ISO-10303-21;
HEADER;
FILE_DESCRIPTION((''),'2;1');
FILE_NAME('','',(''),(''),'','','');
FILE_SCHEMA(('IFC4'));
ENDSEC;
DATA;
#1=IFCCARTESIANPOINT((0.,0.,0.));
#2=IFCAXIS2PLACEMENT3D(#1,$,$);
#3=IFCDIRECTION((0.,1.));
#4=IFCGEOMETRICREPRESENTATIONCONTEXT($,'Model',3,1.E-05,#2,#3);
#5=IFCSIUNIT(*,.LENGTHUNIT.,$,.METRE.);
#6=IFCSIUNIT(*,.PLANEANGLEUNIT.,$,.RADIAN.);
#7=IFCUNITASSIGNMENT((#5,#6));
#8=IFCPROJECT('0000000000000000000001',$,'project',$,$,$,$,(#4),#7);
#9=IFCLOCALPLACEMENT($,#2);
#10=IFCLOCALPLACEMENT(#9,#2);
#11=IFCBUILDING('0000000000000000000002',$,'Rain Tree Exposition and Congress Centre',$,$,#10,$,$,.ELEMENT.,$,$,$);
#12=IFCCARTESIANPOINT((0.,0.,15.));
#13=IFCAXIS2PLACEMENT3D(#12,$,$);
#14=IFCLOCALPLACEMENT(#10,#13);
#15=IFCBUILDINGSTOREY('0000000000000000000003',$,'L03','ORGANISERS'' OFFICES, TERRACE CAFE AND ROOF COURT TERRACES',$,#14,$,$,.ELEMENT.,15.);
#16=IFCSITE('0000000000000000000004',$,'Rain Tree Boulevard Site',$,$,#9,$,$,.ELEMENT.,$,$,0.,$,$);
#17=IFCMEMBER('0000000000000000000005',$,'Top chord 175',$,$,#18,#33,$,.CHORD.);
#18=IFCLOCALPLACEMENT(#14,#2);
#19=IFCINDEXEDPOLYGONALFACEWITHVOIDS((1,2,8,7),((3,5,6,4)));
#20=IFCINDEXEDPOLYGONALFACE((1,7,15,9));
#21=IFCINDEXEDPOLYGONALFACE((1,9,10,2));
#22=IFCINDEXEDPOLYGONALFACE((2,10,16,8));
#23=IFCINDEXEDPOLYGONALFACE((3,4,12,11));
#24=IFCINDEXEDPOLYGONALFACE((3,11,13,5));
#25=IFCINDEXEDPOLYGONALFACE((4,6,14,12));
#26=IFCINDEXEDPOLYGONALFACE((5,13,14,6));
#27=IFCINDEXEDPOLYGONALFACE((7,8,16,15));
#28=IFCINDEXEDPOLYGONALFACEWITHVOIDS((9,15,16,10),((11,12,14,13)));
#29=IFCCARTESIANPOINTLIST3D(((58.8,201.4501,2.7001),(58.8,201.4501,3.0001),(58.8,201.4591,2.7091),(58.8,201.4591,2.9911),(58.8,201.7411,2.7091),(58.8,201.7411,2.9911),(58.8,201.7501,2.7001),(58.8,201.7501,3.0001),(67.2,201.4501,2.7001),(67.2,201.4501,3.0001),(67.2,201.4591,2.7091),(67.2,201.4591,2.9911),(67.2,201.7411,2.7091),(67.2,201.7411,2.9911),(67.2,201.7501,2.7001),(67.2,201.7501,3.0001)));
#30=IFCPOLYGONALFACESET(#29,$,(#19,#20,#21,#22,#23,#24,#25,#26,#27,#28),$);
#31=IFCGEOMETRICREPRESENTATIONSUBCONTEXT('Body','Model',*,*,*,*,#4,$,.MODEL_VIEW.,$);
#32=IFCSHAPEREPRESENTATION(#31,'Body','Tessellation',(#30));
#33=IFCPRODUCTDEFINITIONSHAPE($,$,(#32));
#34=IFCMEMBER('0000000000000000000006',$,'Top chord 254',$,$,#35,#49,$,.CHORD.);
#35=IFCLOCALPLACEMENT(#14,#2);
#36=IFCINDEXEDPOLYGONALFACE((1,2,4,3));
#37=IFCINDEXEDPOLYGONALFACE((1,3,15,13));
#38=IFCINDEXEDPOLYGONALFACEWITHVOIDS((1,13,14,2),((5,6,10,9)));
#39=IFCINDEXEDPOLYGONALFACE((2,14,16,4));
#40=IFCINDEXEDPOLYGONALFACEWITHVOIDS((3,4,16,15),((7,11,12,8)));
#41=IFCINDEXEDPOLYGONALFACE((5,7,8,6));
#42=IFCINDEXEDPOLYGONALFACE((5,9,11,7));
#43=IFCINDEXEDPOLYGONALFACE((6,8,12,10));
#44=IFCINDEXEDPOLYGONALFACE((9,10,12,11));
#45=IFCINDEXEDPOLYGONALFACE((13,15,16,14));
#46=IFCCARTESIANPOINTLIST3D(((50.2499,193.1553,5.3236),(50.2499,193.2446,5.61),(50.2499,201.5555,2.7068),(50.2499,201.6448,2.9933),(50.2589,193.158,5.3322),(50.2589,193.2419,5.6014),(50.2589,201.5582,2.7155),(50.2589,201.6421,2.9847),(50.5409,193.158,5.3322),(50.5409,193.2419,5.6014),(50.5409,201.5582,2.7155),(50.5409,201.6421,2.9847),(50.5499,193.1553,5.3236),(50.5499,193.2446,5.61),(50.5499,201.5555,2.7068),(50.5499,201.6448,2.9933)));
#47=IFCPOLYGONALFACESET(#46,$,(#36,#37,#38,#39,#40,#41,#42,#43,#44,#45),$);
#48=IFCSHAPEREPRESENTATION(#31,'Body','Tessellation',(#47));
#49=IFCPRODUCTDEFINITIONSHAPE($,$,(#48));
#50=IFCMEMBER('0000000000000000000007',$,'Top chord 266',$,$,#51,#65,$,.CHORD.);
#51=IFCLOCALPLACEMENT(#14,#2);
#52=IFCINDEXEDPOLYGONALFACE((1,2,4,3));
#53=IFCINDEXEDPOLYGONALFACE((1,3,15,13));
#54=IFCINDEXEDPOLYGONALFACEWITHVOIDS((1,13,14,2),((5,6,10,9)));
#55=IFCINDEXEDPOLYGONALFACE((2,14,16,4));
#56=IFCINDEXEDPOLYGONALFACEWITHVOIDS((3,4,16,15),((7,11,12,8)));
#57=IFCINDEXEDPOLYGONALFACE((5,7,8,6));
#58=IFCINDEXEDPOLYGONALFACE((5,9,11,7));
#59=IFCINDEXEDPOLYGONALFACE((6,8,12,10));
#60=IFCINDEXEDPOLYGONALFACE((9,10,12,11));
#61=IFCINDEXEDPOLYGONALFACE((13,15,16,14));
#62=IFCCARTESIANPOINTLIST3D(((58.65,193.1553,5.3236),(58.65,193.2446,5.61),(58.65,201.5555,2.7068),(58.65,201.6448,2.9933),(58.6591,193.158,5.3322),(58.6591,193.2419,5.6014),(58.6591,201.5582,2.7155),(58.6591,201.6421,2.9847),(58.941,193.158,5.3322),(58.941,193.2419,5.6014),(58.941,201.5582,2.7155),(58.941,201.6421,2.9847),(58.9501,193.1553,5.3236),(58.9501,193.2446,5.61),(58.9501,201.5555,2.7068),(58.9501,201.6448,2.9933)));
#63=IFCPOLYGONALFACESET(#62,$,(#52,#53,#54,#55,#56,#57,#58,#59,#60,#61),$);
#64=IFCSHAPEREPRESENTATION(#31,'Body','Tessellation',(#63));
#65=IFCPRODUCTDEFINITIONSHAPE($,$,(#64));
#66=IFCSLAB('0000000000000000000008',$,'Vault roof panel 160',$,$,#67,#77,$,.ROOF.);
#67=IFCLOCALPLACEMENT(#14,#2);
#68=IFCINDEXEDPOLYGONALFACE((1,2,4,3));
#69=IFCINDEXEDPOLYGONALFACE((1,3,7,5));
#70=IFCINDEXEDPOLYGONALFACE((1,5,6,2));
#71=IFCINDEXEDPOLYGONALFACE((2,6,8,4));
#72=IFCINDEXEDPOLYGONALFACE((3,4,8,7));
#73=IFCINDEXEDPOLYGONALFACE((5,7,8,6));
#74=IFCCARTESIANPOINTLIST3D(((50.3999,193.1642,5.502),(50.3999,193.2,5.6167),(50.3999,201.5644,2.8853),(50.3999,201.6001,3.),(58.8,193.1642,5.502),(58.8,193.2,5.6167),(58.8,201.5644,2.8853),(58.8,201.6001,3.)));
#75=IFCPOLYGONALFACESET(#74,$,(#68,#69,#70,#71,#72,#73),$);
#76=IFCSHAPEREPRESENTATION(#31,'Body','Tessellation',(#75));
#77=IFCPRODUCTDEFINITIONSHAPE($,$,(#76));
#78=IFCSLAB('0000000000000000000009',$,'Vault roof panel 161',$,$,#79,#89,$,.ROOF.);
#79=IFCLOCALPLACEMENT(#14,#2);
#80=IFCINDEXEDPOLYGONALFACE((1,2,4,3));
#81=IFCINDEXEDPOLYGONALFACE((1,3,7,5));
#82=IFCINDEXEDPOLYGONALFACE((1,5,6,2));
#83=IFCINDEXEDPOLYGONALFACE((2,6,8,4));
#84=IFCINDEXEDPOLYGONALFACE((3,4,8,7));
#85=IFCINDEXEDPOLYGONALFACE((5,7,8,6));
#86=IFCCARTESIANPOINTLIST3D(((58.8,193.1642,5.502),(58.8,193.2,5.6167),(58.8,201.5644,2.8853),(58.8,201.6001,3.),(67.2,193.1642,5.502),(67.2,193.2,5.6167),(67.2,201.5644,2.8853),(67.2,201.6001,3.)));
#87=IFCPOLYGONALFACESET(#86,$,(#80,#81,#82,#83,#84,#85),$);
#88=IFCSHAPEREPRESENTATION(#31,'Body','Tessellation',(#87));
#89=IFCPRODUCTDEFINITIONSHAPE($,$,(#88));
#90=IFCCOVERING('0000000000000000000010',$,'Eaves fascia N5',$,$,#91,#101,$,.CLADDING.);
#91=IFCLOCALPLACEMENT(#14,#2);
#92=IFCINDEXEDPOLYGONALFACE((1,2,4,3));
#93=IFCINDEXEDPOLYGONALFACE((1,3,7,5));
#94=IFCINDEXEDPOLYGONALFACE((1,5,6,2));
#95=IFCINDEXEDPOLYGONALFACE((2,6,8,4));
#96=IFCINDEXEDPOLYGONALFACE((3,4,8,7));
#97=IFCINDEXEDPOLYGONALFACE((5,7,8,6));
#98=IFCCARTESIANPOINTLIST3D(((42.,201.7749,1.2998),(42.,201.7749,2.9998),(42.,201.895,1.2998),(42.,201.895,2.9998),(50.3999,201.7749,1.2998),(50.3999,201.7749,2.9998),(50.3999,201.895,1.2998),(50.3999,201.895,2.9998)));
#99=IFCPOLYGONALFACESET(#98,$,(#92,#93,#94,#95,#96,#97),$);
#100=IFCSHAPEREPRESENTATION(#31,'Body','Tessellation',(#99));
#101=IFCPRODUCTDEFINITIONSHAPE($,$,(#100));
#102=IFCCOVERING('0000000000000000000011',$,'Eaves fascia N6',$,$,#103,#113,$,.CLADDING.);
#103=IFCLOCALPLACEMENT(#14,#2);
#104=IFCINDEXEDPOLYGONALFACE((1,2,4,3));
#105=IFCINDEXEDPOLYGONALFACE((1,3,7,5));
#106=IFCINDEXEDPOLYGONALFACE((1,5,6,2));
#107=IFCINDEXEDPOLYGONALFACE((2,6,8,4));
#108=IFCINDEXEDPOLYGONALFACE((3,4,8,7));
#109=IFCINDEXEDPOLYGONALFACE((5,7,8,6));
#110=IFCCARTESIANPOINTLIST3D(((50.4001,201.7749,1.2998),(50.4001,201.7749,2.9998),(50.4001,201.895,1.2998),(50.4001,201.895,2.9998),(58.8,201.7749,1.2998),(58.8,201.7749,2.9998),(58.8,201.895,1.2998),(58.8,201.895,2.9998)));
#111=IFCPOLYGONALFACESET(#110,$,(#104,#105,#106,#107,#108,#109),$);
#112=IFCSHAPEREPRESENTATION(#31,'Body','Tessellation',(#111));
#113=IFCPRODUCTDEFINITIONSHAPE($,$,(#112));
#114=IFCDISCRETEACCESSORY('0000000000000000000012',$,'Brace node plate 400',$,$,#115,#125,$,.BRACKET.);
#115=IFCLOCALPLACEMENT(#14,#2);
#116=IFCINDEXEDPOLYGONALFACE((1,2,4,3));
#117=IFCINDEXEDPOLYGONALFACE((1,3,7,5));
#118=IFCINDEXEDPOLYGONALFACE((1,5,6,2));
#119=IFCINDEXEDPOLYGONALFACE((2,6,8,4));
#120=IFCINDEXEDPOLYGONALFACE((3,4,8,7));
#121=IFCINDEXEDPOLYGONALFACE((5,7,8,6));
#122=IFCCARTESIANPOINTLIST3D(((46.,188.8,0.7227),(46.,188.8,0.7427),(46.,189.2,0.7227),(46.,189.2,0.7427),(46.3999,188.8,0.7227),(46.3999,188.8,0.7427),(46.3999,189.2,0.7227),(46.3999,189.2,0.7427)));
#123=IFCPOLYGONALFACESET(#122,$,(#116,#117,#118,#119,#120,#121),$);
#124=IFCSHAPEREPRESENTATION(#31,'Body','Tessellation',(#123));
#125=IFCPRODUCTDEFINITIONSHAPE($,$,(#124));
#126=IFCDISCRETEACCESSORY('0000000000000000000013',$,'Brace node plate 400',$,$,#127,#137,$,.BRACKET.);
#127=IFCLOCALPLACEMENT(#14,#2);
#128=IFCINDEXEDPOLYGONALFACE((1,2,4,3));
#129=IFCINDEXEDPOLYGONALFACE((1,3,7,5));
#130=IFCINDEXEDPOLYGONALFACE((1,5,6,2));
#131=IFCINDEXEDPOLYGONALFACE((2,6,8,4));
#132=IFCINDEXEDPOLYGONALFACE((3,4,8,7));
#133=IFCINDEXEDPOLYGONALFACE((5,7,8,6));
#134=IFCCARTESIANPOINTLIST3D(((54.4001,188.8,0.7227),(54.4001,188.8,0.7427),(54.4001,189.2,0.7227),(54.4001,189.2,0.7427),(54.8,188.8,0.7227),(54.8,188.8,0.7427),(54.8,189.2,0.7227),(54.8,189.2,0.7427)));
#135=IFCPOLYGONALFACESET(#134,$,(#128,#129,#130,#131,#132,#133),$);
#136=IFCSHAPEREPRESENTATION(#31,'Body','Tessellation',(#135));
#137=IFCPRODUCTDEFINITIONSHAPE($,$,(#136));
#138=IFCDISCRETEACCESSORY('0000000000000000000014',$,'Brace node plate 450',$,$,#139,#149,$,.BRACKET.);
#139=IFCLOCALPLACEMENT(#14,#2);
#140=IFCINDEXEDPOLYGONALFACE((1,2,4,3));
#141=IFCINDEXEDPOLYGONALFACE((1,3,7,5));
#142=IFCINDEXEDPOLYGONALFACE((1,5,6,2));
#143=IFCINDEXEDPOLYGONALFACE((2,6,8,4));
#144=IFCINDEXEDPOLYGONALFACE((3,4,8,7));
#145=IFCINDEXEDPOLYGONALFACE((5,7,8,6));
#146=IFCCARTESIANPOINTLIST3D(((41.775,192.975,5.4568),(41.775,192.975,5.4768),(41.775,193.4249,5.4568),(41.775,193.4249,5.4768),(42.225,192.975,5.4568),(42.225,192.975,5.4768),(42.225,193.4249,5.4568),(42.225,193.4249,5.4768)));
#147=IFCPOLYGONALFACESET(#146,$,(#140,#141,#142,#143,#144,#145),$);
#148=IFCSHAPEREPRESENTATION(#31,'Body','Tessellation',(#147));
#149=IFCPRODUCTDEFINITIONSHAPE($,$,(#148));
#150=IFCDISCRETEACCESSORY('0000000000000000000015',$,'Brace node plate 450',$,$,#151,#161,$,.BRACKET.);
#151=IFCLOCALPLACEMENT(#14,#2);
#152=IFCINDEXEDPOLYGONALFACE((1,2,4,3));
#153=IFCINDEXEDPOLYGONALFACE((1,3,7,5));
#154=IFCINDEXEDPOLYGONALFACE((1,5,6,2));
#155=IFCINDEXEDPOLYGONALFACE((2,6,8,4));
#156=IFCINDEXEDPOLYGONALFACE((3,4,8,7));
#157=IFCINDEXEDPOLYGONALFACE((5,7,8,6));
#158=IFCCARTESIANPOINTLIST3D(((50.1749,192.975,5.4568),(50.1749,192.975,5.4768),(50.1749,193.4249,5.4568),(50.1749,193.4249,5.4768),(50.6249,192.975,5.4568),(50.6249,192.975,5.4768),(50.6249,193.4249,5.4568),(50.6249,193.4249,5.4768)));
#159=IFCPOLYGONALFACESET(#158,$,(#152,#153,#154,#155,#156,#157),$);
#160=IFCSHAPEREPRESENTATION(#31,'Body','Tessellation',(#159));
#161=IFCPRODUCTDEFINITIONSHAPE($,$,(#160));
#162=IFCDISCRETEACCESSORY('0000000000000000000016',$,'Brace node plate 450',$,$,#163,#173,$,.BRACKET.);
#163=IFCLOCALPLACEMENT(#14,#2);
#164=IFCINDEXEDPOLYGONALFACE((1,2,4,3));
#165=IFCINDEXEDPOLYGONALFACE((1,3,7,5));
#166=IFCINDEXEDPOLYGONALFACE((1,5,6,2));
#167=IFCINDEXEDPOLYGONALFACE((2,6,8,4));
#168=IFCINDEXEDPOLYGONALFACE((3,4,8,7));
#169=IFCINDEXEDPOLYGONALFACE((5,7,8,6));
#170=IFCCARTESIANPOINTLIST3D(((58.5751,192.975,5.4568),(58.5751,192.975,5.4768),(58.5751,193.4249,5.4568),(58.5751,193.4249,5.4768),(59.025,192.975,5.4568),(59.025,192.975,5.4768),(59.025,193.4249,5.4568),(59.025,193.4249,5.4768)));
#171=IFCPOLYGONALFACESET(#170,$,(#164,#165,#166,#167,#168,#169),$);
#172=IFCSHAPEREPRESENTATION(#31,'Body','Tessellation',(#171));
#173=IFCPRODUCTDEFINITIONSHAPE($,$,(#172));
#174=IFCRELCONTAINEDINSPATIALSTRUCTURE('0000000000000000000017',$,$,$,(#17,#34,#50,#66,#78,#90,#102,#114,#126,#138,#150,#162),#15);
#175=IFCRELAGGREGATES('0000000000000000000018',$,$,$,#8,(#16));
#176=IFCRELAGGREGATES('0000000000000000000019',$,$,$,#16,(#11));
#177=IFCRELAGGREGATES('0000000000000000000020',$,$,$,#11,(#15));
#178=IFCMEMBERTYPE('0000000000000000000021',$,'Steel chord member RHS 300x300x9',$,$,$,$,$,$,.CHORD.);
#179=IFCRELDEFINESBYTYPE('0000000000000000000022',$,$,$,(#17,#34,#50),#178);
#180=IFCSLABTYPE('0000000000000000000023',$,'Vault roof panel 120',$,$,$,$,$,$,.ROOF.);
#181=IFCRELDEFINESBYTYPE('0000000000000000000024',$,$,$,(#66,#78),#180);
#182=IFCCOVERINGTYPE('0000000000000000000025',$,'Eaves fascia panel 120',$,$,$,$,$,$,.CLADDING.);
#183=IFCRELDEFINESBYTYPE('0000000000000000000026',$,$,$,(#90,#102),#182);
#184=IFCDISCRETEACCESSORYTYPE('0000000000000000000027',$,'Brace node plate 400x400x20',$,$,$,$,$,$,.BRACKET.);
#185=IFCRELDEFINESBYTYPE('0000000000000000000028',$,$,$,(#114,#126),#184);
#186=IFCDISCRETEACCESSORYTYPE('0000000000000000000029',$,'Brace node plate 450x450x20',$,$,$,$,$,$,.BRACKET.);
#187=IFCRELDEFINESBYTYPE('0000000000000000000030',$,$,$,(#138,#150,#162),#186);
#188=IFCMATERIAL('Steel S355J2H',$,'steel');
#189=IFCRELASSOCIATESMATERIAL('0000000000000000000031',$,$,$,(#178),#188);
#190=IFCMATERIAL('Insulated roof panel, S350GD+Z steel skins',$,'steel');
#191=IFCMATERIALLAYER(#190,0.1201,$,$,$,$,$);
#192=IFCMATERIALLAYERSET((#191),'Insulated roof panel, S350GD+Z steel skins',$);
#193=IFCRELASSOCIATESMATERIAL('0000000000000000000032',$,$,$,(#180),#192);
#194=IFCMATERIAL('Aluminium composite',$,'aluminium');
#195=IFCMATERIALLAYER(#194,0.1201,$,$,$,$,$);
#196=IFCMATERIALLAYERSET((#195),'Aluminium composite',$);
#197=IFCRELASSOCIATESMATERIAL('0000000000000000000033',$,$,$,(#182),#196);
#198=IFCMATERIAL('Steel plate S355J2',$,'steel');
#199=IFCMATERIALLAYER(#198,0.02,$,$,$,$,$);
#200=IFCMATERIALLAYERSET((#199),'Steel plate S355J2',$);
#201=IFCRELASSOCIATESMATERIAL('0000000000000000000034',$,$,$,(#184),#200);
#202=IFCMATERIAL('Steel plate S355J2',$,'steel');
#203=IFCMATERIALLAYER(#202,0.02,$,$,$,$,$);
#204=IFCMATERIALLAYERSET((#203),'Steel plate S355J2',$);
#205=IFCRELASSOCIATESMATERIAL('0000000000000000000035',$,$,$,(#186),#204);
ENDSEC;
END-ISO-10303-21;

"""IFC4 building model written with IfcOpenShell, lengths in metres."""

from ifc_helpers import new_model, si_unit, direction, frame, origin, origin_2d, place, context, subcontext, project, spatial, polyline, rectangle, hollow_rectangle, outline, extrude, material, layer, layer_set, material_profile, profile_set, type_object, element, save


model = new_model("IFC4")

# Units and contexts
model_context = context("Model", 3, precision=1e-05, world=origin(), true_north=direction((0.0, 1.0)))
body_context = subcontext(model_context, "Body", "Model", "MODEL_VIEW")
ifc_project = project(units=[si_unit("LENGTHUNIT", "METRE"), si_unit("PLANEANGLEUNIT", "RADIAN")], contexts=[model_context])

# Site, building, storey
site_placement = place(None, origin())
site = spatial("IfcSite", under=ifc_project, at=site_placement, Name="Rain Tree Boulevard Site", CompositionType="ELEMENT", RefElevation=0.0)
building_placement = place(site_placement, origin())
building = spatial("IfcBuilding", under=site, at=building_placement, Name="Rain Tree Exposition and Congress Centre", CompositionType="ELEMENT")
storey_placement = place(building_placement, frame((0.0, 0.0, 15.0)))
storey = spatial("IfcBuildingStorey", under=building, at=storey_placement, Name="L03", Description="ORGANISERS' OFFICES, TERRACE CAFE AND ROOF COURT TERRACES", CompositionType="ELEMENT", Elevation=15.0)

# Members
ifc_material_1 = material(Name="Steel S355J2H", Category="steel")
ifc_material_profile_1 = material_profile(ifc_material_1, hollow_rectangle(XDim=0.3, YDim=0.3, WallThickness=0.009, at=origin_2d()), Name="RHS 300x300x9")
ifc_profile_set_1 = profile_set([ifc_material_profile_1], Name="Steel S355J2H")
member_type_1 = type_object("IfcMemberType", Name="Steel chord member RHS 300x300x9", PredefinedType="CHORD", material=ifc_profile_set_1)
member_1_placement = place(storey_placement, frame((58.8, 201.6001, 2.8501), z_axis=(1.0, 0.0, 0.0), x_axis=(0.0, 1.0, 0.0)))
element("IfcMember", 1, at=member_1_placement, inside=storey, type_object=member_type_1, Name="Top chord 175", PredefinedType="CHORD", context=body_context, shape_type="SweptSolid", body=[
    extrude(hollow_rectangle(XDim=0.3, YDim=0.3, WallThickness=0.009, at=origin_2d()), origin(), (0.0, 0.0, 1.0), 8.3999),
])
for number, where, z_axis, x_axis, name in (
    (2, (50.3999, 193.2, 5.4668), (0.0, 0.95475, -0.297411), (-1.0, 0.0, 0.0), "Top chord 254"),
    (3, (58.8, 193.2, 5.4668), (0.0, 0.95475, -0.297411), (-1.0, 0.0, 0.0), "Top chord 266"),
):
    element("IfcMember", number, at=place(storey_placement, frame(where, z_axis=z_axis, x_axis=x_axis)), inside=storey, type_object=member_type_1, Name=name, PredefinedType="CHORD", context=body_context, shape_type="SweptSolid", body=[
        extrude(hollow_rectangle(XDim=0.3, YDim=0.3, WallThickness=0.009, at=origin_2d()), origin(), (0.0, 0.0, 1.0), 8.7983),
    ])

# Slabs
ifc_material_2 = material(Name="Insulated roof panel, S350GD+Z steel skins", Category="steel")
ifc_layer_1 = layer(ifc_material_2, 0.1201)
ifc_layer_set_1 = layer_set([ifc_layer_1], Name="Insulated roof panel, S350GD+Z steel skins")
slab_type = type_object("IfcSlabType", Name="Vault roof panel 120", PredefinedType="ROOF", material=ifc_layer_set_1)
slab_1_placement = place(storey_placement, frame((50.3999, 193.2, 5.6167), z_axis=(0.0, 0.297411, 0.95475), x_axis=(1.0, 0.0, 0.0)))
element("IfcSlab", 4, at=slab_1_placement, inside=storey, type_object=slab_type, Name="Vault roof panel 160", PredefinedType="ROOF", context=body_context, shape_type="SweptSolid", body=[
    extrude(outline(polyline([(0.0, 0.0), (8.4001, 0.0), (8.4001, 8.7983), (0.0, 8.7983), (0.0, 0.0)])), origin(), (0.0, 0.0, -1.0), 0.1201),
])
slab_2_placement = place(storey_placement, frame((58.8, 193.2, 5.6167), z_axis=(0.0, 0.297411, 0.95475), x_axis=(1.0, 0.0, 0.0)))
element("IfcSlab", 5, at=slab_2_placement, inside=storey, type_object=slab_type, Name="Vault roof panel 161", PredefinedType="ROOF", context=body_context, shape_type="SweptSolid", body=[
    extrude(outline(polyline([(0.0, 0.0), (8.3999, 0.0), (8.3999, 8.7983), (0.0, 8.7983), (0.0, 0.0)])), origin(), (0.0, 0.0, -1.0), 0.1201),
])

# Coverings
ifc_material_3 = material(Name="Aluminium composite", Category="aluminium")
ifc_layer_2 = layer(ifc_material_3, 0.1201)
ifc_layer_set_2 = layer_set([ifc_layer_2], Name="Aluminium composite")
covering_type = type_object("IfcCoveringType", Name="Eaves fascia panel 120", PredefinedType="CLADDING", material=ifc_layer_set_2)
for number, where, z_axis, x_axis, name in (
    (6, (46.2, 201.835, 1.2998), (0.0, 0.0, 1.0), (1.0, 0.0, 0.0), "Eaves fascia N5"),
    (7, (54.6001, 201.835, 1.2998), (0.0, 0.0, 1.0), (1.0, 0.0, 0.0), "Eaves fascia N6"),
):
    element("IfcCovering", number, at=place(storey_placement, frame(where, z_axis=z_axis, x_axis=x_axis)), inside=storey, type_object=covering_type, Name=name, PredefinedType="CLADDING", context=body_context, shape_type="SweptSolid", body=[
        extrude(rectangle(XDim=8.3999, YDim=0.1201, at=origin_2d()), origin(), (0.0, 0.0, 1.0), 1.7),
    ])

# Discrete accessories
ifc_material_4 = material(Name="Steel plate S355J2", Category="steel")
ifc_layer_3 = layer(ifc_material_4, 0.02)
ifc_layer_set_3 = layer_set([ifc_layer_3], Name="Steel plate S355J2")
discrete_accessory_type_1 = type_object("IfcDiscreteAccessoryType", Name="Brace node plate 400x400x20", PredefinedType="BRACKET", material=ifc_layer_set_3)
for number, where, z_axis, x_axis, name in (
    (8, (46.2, 189.0, 0.7227), (0.0, 0.0, 1.0), (1.0, 0.0, 0.0), "Brace node plate 400"),
    (9, (54.6001, 189.0, 0.7227), (0.0, 0.0, 1.0), (1.0, 0.0, 0.0), "Brace node plate 400"),
):
    element("IfcDiscreteAccessory", number, at=place(storey_placement, frame(where, z_axis=z_axis, x_axis=x_axis)), inside=storey, type_object=discrete_accessory_type_1, Name=name, PredefinedType="BRACKET", context=body_context, shape_type="SweptSolid", body=[
        extrude(rectangle(XDim=0.3999, YDim=0.3999, at=origin_2d()), origin(), (0.0, 0.0, 1.0), 0.02),
    ])
ifc_material_5 = material(Name="Steel plate S355J2", Category="steel")
ifc_layer_4 = layer(ifc_material_5, 0.02)
ifc_layer_set_4 = layer_set([ifc_layer_4], Name="Steel plate S355J2")
discrete_accessory_type_2 = type_object("IfcDiscreteAccessoryType", Name="Brace node plate 450x450x20", PredefinedType="BRACKET", material=ifc_layer_set_4)
for number, where, z_axis, x_axis, name in (
    (10, (42.0, 193.2, 5.4568), (0.0, 0.0, 1.0), (1.0, 0.0, 0.0), "Brace node plate 450"),
    (11, (50.3999, 193.2, 5.4568), (0.0, 0.0, 1.0), (1.0, 0.0, 0.0), "Brace node plate 450"),
    (12, (58.8, 193.2, 5.4568), (0.0, 0.0, 1.0), (1.0, 0.0, 0.0), "Brace node plate 450"),
):
    element("IfcDiscreteAccessory", number, at=place(storey_placement, frame(where, z_axis=z_axis, x_axis=x_axis)), inside=storey, type_object=discrete_accessory_type_2, Name=name, PredefinedType="BRACKET", context=body_context, shape_type="SweptSolid", body=[
        extrude(rectangle(XDim=0.45, YDim=0.45, at=origin_2d()), origin(), (0.0, 0.0, 1.0), 0.02),
    ])

save(model, "model.ifc")
